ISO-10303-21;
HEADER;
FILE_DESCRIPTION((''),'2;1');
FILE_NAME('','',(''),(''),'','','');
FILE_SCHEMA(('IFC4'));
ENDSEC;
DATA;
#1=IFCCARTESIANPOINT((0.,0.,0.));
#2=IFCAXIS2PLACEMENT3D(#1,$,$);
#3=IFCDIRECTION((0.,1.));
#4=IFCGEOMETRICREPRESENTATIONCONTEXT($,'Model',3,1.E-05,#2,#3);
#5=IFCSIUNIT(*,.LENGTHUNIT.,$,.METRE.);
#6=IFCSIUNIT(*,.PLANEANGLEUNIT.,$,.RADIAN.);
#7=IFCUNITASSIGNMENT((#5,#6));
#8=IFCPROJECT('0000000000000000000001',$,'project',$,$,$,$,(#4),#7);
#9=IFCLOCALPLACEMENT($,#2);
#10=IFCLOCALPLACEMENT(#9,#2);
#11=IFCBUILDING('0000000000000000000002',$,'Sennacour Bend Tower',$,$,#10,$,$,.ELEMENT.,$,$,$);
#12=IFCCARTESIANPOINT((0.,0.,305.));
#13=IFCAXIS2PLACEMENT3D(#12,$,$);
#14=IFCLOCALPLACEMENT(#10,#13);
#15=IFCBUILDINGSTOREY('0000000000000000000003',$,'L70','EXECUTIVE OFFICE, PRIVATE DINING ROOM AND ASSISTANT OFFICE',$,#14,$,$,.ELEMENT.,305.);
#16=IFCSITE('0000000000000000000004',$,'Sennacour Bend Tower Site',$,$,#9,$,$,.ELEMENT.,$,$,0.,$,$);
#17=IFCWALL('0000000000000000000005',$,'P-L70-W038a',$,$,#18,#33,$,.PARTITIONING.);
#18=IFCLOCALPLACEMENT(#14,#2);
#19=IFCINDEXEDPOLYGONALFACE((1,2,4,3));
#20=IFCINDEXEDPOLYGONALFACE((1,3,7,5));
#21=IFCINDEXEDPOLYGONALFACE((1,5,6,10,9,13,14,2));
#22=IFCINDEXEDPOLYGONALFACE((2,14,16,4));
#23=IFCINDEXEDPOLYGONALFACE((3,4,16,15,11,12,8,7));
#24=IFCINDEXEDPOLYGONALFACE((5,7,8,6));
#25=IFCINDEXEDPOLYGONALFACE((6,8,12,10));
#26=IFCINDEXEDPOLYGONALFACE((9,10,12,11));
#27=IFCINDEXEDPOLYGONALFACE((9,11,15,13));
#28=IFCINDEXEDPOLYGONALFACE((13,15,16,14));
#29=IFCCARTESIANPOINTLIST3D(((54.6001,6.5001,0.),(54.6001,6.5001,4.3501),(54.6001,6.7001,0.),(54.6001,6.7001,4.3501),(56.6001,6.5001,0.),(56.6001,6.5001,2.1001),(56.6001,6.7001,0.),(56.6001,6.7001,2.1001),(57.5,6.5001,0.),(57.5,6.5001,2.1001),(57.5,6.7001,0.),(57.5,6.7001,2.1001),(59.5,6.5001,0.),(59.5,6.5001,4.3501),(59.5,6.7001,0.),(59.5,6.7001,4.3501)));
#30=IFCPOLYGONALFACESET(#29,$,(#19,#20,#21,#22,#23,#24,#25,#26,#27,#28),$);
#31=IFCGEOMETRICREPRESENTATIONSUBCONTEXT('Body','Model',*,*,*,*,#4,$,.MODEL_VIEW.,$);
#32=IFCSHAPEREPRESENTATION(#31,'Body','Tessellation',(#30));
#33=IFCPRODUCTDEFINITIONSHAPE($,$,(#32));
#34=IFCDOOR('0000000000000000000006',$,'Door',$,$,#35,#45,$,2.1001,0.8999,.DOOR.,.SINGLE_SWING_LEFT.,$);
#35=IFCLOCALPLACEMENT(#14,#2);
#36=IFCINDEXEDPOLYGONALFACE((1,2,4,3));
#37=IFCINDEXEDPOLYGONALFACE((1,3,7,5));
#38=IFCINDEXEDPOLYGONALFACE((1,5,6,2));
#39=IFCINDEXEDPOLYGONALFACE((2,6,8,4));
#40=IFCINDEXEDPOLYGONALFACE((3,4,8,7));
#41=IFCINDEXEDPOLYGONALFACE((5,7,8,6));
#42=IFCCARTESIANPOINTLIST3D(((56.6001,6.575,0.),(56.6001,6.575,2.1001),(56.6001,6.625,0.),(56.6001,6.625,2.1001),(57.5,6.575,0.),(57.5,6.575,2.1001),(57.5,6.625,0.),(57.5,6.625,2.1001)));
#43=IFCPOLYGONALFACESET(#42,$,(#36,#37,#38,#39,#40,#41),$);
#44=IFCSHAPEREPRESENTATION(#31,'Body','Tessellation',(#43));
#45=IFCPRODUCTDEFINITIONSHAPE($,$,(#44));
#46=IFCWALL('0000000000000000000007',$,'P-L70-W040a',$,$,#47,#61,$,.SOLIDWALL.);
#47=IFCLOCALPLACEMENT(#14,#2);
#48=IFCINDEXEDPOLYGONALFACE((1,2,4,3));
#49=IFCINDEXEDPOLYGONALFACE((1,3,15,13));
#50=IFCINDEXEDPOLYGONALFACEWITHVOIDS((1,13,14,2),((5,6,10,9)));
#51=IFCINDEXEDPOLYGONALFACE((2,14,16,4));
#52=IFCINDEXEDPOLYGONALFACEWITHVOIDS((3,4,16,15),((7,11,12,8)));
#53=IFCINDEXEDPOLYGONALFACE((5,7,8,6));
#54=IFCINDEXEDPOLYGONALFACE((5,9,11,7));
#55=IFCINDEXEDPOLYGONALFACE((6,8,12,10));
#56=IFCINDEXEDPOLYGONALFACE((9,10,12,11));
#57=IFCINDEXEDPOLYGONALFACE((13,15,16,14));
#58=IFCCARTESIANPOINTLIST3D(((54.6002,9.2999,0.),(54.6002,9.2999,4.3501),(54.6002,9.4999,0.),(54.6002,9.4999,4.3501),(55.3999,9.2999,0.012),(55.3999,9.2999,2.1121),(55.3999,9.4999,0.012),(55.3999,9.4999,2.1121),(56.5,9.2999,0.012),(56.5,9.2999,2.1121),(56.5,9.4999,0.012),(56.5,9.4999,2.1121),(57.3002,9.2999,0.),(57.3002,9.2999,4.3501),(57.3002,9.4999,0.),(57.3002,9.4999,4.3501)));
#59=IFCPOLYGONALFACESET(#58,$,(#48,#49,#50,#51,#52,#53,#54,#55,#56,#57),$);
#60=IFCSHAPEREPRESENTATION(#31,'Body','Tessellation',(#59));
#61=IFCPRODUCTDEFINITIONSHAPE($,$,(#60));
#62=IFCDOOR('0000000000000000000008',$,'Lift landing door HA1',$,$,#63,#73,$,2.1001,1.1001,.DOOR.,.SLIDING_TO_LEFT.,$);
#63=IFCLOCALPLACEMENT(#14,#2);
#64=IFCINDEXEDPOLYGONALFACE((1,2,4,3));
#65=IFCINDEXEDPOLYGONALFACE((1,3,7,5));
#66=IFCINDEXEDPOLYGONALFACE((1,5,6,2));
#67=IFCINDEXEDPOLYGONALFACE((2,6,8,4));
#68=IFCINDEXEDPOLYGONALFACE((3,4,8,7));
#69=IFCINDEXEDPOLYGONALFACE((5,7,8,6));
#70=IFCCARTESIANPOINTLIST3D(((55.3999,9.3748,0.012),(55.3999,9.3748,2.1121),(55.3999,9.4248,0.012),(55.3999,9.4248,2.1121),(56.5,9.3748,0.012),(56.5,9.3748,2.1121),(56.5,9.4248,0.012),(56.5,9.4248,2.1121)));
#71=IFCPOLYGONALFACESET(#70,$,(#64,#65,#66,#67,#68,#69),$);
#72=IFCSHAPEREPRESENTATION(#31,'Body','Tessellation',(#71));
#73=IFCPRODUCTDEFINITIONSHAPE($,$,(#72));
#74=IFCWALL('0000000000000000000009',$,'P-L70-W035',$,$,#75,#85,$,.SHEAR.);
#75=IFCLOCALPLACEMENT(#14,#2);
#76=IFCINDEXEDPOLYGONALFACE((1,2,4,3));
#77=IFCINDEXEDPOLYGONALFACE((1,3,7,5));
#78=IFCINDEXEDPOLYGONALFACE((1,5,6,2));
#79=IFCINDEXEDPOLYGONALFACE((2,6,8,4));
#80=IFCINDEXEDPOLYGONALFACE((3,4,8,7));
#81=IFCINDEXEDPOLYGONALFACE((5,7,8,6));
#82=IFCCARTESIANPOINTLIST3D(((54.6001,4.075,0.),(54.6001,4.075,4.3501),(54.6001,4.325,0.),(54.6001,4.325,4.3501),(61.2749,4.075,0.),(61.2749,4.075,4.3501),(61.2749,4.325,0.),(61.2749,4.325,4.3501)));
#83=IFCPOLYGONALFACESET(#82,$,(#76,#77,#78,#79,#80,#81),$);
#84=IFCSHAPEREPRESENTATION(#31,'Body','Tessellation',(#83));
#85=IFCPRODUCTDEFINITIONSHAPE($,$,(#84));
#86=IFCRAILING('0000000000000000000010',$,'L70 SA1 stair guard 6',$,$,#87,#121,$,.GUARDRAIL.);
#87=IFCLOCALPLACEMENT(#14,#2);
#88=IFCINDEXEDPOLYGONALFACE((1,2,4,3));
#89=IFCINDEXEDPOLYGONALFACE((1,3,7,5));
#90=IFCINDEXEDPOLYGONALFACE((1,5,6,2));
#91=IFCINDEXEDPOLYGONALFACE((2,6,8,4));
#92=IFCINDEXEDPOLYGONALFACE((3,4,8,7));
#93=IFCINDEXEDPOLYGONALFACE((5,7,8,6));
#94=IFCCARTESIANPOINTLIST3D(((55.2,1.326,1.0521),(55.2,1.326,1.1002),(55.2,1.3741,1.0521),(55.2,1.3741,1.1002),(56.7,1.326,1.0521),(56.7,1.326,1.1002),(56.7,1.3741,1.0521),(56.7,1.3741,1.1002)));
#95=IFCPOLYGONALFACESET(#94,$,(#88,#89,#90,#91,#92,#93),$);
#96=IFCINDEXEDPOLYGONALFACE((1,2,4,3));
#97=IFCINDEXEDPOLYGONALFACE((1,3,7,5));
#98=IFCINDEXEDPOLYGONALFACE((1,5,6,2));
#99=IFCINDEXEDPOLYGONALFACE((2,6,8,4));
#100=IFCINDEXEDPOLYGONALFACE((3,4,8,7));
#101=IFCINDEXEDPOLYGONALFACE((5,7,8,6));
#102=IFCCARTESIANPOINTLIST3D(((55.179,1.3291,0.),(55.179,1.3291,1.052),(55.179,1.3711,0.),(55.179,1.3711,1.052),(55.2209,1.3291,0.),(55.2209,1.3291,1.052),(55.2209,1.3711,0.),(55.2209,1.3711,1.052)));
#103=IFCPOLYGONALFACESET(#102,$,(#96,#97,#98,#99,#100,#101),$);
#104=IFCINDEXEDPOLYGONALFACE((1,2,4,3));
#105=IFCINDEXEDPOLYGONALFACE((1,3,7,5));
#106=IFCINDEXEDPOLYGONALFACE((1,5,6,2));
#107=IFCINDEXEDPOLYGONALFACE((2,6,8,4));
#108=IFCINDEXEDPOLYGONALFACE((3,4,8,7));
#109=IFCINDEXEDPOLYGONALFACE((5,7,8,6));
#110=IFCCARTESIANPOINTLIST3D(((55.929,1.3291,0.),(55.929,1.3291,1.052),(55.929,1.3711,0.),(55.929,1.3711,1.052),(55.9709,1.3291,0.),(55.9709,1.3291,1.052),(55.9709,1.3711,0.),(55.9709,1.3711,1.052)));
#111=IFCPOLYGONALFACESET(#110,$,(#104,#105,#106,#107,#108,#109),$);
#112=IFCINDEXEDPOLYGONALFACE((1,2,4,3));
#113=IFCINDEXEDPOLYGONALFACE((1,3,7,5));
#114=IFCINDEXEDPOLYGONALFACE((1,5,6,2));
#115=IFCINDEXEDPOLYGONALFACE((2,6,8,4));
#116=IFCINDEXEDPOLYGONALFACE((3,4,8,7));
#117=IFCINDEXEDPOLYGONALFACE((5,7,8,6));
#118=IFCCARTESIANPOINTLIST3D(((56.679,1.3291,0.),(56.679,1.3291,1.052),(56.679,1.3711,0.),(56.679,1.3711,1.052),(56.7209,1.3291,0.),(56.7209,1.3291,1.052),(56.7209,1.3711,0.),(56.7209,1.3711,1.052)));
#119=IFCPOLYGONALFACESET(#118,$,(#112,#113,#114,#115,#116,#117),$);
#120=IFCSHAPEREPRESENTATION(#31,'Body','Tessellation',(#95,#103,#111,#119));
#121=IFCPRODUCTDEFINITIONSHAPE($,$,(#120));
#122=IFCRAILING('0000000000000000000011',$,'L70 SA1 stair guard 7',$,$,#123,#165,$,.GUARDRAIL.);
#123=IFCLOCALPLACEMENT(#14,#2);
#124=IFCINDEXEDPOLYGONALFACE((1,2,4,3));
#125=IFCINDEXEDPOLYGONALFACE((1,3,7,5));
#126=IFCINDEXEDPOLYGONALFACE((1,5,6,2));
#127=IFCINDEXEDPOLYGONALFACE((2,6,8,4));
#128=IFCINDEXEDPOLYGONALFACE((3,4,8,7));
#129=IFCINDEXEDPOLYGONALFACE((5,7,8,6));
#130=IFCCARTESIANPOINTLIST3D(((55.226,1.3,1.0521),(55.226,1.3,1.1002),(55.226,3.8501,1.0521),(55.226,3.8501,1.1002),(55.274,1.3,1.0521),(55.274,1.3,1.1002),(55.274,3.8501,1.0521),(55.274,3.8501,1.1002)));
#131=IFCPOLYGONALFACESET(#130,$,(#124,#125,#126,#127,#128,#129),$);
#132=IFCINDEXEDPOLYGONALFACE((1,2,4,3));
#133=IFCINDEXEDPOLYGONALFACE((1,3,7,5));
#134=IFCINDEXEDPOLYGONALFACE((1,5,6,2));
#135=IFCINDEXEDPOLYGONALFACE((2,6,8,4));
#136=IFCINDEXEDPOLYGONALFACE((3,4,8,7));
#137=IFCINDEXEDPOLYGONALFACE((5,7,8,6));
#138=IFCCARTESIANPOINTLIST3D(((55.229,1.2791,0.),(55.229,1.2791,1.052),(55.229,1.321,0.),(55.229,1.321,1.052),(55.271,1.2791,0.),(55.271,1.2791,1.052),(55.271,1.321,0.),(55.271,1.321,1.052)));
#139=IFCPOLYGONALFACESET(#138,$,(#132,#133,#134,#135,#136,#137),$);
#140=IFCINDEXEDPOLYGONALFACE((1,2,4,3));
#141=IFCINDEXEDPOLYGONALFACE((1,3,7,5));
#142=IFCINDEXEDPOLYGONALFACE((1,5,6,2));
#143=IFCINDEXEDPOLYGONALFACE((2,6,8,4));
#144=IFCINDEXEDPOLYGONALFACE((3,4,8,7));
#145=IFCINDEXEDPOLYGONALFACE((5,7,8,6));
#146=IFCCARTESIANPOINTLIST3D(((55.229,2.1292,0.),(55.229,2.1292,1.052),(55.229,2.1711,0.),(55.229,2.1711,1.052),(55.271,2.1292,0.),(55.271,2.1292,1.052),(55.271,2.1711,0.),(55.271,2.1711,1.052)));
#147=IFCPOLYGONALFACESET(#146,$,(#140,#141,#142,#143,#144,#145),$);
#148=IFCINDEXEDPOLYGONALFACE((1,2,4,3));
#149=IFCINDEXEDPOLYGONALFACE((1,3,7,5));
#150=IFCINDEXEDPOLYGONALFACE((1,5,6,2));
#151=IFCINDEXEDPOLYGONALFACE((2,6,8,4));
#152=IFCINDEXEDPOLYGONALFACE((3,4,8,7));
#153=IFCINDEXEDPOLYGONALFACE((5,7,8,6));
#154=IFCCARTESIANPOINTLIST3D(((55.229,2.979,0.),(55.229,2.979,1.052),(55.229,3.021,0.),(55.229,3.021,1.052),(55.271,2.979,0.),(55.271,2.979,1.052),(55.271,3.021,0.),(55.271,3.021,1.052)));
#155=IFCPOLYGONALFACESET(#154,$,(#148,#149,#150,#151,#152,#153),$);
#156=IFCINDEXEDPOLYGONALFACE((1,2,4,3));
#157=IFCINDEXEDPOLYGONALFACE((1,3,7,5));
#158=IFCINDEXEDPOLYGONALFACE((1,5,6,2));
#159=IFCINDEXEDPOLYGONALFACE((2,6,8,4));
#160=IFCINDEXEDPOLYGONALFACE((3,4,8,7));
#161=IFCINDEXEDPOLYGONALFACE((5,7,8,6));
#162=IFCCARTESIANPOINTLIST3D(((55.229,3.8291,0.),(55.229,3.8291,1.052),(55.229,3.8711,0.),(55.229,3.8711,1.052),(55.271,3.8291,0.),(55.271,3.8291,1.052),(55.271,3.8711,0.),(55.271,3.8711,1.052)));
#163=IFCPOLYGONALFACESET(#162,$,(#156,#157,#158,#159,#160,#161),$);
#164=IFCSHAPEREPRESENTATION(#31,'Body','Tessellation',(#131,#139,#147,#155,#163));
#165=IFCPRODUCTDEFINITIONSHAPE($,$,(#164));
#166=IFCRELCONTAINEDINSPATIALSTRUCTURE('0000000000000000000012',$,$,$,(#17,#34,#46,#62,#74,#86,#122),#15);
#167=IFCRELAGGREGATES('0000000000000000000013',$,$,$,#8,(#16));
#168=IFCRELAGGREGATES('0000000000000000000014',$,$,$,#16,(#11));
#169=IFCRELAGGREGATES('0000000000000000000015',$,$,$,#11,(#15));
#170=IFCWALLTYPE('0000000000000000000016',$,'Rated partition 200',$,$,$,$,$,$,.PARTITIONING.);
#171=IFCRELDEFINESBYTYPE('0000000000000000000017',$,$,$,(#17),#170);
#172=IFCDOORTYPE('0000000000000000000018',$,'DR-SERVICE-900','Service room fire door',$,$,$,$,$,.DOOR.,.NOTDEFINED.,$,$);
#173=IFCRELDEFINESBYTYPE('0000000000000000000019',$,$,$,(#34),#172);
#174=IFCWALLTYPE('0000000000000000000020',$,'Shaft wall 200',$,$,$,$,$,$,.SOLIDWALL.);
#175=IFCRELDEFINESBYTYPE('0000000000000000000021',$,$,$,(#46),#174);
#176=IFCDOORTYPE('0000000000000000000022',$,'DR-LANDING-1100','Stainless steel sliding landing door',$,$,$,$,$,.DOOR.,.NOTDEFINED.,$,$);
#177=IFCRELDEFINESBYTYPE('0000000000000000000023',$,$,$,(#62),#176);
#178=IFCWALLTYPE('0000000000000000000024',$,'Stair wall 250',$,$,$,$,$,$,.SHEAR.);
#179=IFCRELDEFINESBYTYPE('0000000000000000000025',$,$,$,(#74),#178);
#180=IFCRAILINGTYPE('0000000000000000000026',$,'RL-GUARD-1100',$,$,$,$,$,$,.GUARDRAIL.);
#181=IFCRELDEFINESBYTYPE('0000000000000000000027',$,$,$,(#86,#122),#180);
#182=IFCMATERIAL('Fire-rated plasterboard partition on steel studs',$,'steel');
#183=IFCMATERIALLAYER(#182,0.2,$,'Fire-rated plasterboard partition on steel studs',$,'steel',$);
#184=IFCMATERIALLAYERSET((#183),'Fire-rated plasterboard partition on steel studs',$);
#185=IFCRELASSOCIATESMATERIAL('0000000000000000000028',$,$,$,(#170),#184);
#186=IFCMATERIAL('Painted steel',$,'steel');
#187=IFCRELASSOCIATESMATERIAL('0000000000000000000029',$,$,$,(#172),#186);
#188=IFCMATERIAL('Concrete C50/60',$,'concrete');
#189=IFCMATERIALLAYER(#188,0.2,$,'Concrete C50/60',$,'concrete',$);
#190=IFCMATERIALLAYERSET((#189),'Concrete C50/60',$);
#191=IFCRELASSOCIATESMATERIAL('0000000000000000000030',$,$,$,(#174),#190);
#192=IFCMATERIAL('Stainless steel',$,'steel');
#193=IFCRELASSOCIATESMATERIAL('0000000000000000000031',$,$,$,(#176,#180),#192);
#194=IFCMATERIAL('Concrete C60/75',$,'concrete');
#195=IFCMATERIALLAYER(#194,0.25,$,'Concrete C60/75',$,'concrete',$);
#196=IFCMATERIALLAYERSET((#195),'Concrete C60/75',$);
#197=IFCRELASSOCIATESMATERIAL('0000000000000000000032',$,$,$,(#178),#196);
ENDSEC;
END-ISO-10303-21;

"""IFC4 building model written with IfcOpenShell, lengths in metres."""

from ifc_helpers import new_model, si_unit, direction, frame, frame_2d, origin, origin_2d, place, context, subcontext, project, spatial, rectangle, extrude, material, layer, layer_set, type_object, element, fill, save


model = new_model("IFC4")

# Units and contexts
model_context = context("Model", 3, precision=1e-05, world=origin(), true_north=direction((0.0, 1.0)))
body_context = subcontext(model_context, "Body", "Model", "MODEL_VIEW")
ifc_project = project(units=[si_unit("LENGTHUNIT", "METRE"), si_unit("PLANEANGLEUNIT", "RADIAN")], contexts=[model_context])

# Site, building, storey
site_placement = place(None, origin())
site = spatial("IfcSite", under=ifc_project, at=site_placement, Name="Sennacour Bend Tower Site", CompositionType="ELEMENT", RefElevation=0.0)
building_placement = place(site_placement, origin())
building = spatial("IfcBuilding", under=site, at=building_placement, Name="Sennacour Bend Tower", CompositionType="ELEMENT")
storey_placement = place(building_placement, frame((0.0, 0.0, 305.0)))
storey = spatial("IfcBuildingStorey", under=building, at=storey_placement, Name="L70", Description="EXECUTIVE OFFICE, PRIVATE DINING ROOM AND ASSISTANT OFFICE", CompositionType="ELEMENT", Elevation=305.0)

# Shared definitions
ifc_material_1 = material(Name="Concrete C50/60", Category="concrete")
ifc_material_2 = material(Name="Painted steel", Category="steel")

# Walls, openings, doors
ifc_material_3 = material(Name="Fire-rated plasterboard partition on steel studs", Category="steel")
ifc_layer_1 = layer(ifc_material_3, 0.2, Name="Fire-rated plasterboard partition on steel studs", Category="steel")
ifc_layer_set_1 = layer_set([ifc_layer_1], Name="Fire-rated plasterboard partition on steel studs")
wall_type_1 = type_object("IfcWallType", Name="Rated partition 200", PredefinedType="PARTITIONING", material=ifc_layer_set_1)
wall_1_placement = place(storey_placement, frame((54.6001, 6.6001, 0.0), z_axis=(0.0, 0.0, 1.0), x_axis=(1.0, 0.0, 0.0)))
wall_1 = element("IfcWall", 1, at=wall_1_placement, inside=storey, type_object=wall_type_1, Name="P-L70-W038a", PredefinedType="PARTITIONING", context=body_context, shape_type="SweptSolid", body=[
    extrude(rectangle(XDim=4.8999, YDim=0.2, at=frame_2d((2.45, 0.0))), origin(), (0.0, 0.0, 1.0), 4.3501),
])
opening_1_placement = place(wall_1_placement, frame((2.0, 0.0, 0.0)))
opening_1 = element("IfcOpeningElement", 2, at=opening_1_placement, cuts=wall_1, PredefinedType="OPENING", context=body_context, shape_type="SweptSolid", body=[
    extrude(rectangle(XDim=0.8999, YDim=2.1001, at=frame_2d((0.45, 1.05))), frame((0.0, 0.1099, 0.0), z_axis=(0.0, -1.0, 0.0), x_axis=(1.0, 0.0, 0.0)), (0.0, 0.0, 1.0), 0.22),
])
door_type_1 = type_object("IfcDoorType", Name="DR-SERVICE-900", Description="Service room fire door", OperationType="NOTDEFINED", PredefinedType="DOOR", material=ifc_material_2)
door_1_placement = place(opening_1_placement, origin())
door_1 = element("IfcDoor", 3, at=door_1_placement, inside=storey, type_object=door_type_1, Name="Door", OperationType="SINGLE_SWING_LEFT", OverallHeight=2.1001, OverallWidth=0.8999, PredefinedType="DOOR", context=body_context, shape_type="SweptSolid", body=[
    extrude(rectangle(XDim=0.8999, YDim=2.1001, at=frame_2d((0.45, 1.05))), frame((0.0, 0.0249, 0.0), z_axis=(0.0, -1.0, 0.0), x_axis=(1.0, 0.0, 0.0)), (0.0, 0.0, 1.0), 0.05),
])
fill(opening_1, door_1)
ifc_layer_2 = layer(ifc_material_1, 0.2, Name="Concrete C50/60", Category="concrete")
ifc_layer_set_2 = layer_set([ifc_layer_2], Name="Concrete C50/60")
wall_type_2 = type_object("IfcWallType", Name="Shaft wall 200", PredefinedType="SOLIDWALL", material=ifc_layer_set_2)
wall_2_placement = place(storey_placement, frame((54.6001, 9.3999, 0.0), z_axis=(0.0, 0.0, 1.0), x_axis=(1.0, 0.0, 0.0)))
wall_2 = element("IfcWall", 4, at=wall_2_placement, inside=storey, type_object=wall_type_2, Name="P-L70-W040a", PredefinedType="SOLIDWALL", context=body_context, shape_type="SweptSolid", body=[
    extrude(rectangle(XDim=2.7, YDim=0.2, at=frame_2d((1.3501, 0.0))), origin(), (0.0, 0.0, 1.0), 4.3501),
])
opening_2_placement = place(wall_2_placement, frame((0.7998, 0.0, 0.012)))
opening_2 = element("IfcOpeningElement", 5, at=opening_2_placement, cuts=wall_2, PredefinedType="OPENING", context=body_context, shape_type="SweptSolid", body=[
    extrude(rectangle(XDim=1.1001, YDim=2.1001, at=frame_2d((0.55, 1.05))), frame((0.0, 0.1099, 0.0), z_axis=(0.0, -1.0, 0.0), x_axis=(1.0, 0.0, 0.0)), (0.0, 0.0, 1.0), 0.22),
])
ifc_material_4 = material(Name="Stainless steel", Category="steel")
door_type_2 = type_object("IfcDoorType", Name="DR-LANDING-1100", Description="Stainless steel sliding landing door", OperationType="NOTDEFINED", PredefinedType="DOOR", material=ifc_material_4)
door_2_placement = place(opening_2_placement, origin())
door_2 = element("IfcDoor", 6, at=door_2_placement, inside=storey, type_object=door_type_2, Name="Lift landing door HA1", OperationType="SLIDING_TO_LEFT", OverallHeight=2.1001, OverallWidth=1.1001, PredefinedType="DOOR", context=body_context, shape_type="SweptSolid", body=[
    extrude(rectangle(XDim=1.1001, YDim=2.1001, at=frame_2d((0.55, 1.05))), frame((0.0, 0.0249, 0.0), z_axis=(0.0, -1.0, 0.0), x_axis=(1.0, 0.0, 0.0)), (0.0, 0.0, 1.0), 0.05),
])
fill(opening_2, door_2)

# Wall
ifc_material_5 = material(Name="Concrete C60/75", Category="concrete")
ifc_layer_3 = layer(ifc_material_5, 0.25, Name="Concrete C60/75", Category="concrete")
ifc_layer_set_3 = layer_set([ifc_layer_3], Name="Concrete C60/75")
wall_type_3 = type_object("IfcWallType", Name="Stair wall 250", PredefinedType="SHEAR", material=ifc_layer_set_3)
wall_3_placement = place(storey_placement, frame((54.6001, 4.2, 0.0), z_axis=(0.0, 0.0, 1.0), x_axis=(1.0, 0.0, 0.0)))
element("IfcWall", 7, at=wall_3_placement, inside=storey, type_object=wall_type_3, Name="P-L70-W035", PredefinedType="SHEAR", context=body_context, shape_type="SweptSolid", body=[
    extrude(rectangle(XDim=6.6748, YDim=0.25, at=frame_2d((3.3374, 0.0))), origin(), (0.0, 0.0, 1.0), 4.3501),
])

# Railings
railing_type = type_object("IfcRailingType", Name="RL-GUARD-1100", PredefinedType="GUARDRAIL", material=ifc_material_4)
railing_1_placement = place(storey_placement, frame((55.2, 1.3501, 0.0)))
element("IfcRailing", 8, at=railing_1_placement, inside=storey, type_object=railing_type, Name="L70 SA1 stair guard 6", PredefinedType="GUARDRAIL", context=body_context, shape_type="SweptSolid", body=[
    extrude(rectangle(XDim=0.0481, YDim=0.0481, at=origin_2d()), frame((0.0, 0.0, 1.0762), z_axis=(1.0, 0.0, 0.0), x_axis=(0.0, 1.0, 0.0)), (0.0, 0.0, 1.0), 1.5),
    extrude(rectangle(XDim=0.042, YDim=0.042, at=origin_2d()), origin(), (0.0, 0.0, 1.0), 1.052),
    extrude(rectangle(XDim=0.042, YDim=0.042, at=origin_2d()), frame((0.75, 0.0, 0.0)), (0.0, 0.0, 1.0), 1.052),
    extrude(rectangle(XDim=0.042, YDim=0.042, at=origin_2d()), frame((1.5, 0.0, 0.0)), (0.0, 0.0, 1.0), 1.052),
])
railing_2_placement = place(storey_placement, frame((55.25, 1.3, 0.0)))
element("IfcRailing", 9, at=railing_2_placement, inside=storey, type_object=railing_type, Name="L70 SA1 stair guard 7", PredefinedType="GUARDRAIL", context=body_context, shape_type="SweptSolid", body=[
    extrude(rectangle(XDim=0.0481, YDim=0.0481, at=origin_2d()), frame((0.0, 0.0, 1.0762), z_axis=(0.0, 1.0, 0.0), x_axis=(-1.0, 0.0, 0.0)), (0.0, 0.0, 1.0), 2.55),
    extrude(rectangle(XDim=0.042, YDim=0.042, at=origin_2d()), origin(), (0.0, 0.0, 1.0), 1.052),
    extrude(rectangle(XDim=0.042, YDim=0.042, at=origin_2d()), frame((0.0, 0.8501, 0.0)), (0.0, 0.0, 1.0), 1.052),
    extrude(rectangle(XDim=0.042, YDim=0.042, at=origin_2d()), frame((0.0, 1.7, 0.0)), (0.0, 0.0, 1.0), 1.052),
    extrude(rectangle(XDim=0.042, YDim=0.042, at=origin_2d()), frame((0.0, 2.55, 0.0)), (0.0, 0.0, 1.0), 1.052),
])

save(model, "model.ifc")
